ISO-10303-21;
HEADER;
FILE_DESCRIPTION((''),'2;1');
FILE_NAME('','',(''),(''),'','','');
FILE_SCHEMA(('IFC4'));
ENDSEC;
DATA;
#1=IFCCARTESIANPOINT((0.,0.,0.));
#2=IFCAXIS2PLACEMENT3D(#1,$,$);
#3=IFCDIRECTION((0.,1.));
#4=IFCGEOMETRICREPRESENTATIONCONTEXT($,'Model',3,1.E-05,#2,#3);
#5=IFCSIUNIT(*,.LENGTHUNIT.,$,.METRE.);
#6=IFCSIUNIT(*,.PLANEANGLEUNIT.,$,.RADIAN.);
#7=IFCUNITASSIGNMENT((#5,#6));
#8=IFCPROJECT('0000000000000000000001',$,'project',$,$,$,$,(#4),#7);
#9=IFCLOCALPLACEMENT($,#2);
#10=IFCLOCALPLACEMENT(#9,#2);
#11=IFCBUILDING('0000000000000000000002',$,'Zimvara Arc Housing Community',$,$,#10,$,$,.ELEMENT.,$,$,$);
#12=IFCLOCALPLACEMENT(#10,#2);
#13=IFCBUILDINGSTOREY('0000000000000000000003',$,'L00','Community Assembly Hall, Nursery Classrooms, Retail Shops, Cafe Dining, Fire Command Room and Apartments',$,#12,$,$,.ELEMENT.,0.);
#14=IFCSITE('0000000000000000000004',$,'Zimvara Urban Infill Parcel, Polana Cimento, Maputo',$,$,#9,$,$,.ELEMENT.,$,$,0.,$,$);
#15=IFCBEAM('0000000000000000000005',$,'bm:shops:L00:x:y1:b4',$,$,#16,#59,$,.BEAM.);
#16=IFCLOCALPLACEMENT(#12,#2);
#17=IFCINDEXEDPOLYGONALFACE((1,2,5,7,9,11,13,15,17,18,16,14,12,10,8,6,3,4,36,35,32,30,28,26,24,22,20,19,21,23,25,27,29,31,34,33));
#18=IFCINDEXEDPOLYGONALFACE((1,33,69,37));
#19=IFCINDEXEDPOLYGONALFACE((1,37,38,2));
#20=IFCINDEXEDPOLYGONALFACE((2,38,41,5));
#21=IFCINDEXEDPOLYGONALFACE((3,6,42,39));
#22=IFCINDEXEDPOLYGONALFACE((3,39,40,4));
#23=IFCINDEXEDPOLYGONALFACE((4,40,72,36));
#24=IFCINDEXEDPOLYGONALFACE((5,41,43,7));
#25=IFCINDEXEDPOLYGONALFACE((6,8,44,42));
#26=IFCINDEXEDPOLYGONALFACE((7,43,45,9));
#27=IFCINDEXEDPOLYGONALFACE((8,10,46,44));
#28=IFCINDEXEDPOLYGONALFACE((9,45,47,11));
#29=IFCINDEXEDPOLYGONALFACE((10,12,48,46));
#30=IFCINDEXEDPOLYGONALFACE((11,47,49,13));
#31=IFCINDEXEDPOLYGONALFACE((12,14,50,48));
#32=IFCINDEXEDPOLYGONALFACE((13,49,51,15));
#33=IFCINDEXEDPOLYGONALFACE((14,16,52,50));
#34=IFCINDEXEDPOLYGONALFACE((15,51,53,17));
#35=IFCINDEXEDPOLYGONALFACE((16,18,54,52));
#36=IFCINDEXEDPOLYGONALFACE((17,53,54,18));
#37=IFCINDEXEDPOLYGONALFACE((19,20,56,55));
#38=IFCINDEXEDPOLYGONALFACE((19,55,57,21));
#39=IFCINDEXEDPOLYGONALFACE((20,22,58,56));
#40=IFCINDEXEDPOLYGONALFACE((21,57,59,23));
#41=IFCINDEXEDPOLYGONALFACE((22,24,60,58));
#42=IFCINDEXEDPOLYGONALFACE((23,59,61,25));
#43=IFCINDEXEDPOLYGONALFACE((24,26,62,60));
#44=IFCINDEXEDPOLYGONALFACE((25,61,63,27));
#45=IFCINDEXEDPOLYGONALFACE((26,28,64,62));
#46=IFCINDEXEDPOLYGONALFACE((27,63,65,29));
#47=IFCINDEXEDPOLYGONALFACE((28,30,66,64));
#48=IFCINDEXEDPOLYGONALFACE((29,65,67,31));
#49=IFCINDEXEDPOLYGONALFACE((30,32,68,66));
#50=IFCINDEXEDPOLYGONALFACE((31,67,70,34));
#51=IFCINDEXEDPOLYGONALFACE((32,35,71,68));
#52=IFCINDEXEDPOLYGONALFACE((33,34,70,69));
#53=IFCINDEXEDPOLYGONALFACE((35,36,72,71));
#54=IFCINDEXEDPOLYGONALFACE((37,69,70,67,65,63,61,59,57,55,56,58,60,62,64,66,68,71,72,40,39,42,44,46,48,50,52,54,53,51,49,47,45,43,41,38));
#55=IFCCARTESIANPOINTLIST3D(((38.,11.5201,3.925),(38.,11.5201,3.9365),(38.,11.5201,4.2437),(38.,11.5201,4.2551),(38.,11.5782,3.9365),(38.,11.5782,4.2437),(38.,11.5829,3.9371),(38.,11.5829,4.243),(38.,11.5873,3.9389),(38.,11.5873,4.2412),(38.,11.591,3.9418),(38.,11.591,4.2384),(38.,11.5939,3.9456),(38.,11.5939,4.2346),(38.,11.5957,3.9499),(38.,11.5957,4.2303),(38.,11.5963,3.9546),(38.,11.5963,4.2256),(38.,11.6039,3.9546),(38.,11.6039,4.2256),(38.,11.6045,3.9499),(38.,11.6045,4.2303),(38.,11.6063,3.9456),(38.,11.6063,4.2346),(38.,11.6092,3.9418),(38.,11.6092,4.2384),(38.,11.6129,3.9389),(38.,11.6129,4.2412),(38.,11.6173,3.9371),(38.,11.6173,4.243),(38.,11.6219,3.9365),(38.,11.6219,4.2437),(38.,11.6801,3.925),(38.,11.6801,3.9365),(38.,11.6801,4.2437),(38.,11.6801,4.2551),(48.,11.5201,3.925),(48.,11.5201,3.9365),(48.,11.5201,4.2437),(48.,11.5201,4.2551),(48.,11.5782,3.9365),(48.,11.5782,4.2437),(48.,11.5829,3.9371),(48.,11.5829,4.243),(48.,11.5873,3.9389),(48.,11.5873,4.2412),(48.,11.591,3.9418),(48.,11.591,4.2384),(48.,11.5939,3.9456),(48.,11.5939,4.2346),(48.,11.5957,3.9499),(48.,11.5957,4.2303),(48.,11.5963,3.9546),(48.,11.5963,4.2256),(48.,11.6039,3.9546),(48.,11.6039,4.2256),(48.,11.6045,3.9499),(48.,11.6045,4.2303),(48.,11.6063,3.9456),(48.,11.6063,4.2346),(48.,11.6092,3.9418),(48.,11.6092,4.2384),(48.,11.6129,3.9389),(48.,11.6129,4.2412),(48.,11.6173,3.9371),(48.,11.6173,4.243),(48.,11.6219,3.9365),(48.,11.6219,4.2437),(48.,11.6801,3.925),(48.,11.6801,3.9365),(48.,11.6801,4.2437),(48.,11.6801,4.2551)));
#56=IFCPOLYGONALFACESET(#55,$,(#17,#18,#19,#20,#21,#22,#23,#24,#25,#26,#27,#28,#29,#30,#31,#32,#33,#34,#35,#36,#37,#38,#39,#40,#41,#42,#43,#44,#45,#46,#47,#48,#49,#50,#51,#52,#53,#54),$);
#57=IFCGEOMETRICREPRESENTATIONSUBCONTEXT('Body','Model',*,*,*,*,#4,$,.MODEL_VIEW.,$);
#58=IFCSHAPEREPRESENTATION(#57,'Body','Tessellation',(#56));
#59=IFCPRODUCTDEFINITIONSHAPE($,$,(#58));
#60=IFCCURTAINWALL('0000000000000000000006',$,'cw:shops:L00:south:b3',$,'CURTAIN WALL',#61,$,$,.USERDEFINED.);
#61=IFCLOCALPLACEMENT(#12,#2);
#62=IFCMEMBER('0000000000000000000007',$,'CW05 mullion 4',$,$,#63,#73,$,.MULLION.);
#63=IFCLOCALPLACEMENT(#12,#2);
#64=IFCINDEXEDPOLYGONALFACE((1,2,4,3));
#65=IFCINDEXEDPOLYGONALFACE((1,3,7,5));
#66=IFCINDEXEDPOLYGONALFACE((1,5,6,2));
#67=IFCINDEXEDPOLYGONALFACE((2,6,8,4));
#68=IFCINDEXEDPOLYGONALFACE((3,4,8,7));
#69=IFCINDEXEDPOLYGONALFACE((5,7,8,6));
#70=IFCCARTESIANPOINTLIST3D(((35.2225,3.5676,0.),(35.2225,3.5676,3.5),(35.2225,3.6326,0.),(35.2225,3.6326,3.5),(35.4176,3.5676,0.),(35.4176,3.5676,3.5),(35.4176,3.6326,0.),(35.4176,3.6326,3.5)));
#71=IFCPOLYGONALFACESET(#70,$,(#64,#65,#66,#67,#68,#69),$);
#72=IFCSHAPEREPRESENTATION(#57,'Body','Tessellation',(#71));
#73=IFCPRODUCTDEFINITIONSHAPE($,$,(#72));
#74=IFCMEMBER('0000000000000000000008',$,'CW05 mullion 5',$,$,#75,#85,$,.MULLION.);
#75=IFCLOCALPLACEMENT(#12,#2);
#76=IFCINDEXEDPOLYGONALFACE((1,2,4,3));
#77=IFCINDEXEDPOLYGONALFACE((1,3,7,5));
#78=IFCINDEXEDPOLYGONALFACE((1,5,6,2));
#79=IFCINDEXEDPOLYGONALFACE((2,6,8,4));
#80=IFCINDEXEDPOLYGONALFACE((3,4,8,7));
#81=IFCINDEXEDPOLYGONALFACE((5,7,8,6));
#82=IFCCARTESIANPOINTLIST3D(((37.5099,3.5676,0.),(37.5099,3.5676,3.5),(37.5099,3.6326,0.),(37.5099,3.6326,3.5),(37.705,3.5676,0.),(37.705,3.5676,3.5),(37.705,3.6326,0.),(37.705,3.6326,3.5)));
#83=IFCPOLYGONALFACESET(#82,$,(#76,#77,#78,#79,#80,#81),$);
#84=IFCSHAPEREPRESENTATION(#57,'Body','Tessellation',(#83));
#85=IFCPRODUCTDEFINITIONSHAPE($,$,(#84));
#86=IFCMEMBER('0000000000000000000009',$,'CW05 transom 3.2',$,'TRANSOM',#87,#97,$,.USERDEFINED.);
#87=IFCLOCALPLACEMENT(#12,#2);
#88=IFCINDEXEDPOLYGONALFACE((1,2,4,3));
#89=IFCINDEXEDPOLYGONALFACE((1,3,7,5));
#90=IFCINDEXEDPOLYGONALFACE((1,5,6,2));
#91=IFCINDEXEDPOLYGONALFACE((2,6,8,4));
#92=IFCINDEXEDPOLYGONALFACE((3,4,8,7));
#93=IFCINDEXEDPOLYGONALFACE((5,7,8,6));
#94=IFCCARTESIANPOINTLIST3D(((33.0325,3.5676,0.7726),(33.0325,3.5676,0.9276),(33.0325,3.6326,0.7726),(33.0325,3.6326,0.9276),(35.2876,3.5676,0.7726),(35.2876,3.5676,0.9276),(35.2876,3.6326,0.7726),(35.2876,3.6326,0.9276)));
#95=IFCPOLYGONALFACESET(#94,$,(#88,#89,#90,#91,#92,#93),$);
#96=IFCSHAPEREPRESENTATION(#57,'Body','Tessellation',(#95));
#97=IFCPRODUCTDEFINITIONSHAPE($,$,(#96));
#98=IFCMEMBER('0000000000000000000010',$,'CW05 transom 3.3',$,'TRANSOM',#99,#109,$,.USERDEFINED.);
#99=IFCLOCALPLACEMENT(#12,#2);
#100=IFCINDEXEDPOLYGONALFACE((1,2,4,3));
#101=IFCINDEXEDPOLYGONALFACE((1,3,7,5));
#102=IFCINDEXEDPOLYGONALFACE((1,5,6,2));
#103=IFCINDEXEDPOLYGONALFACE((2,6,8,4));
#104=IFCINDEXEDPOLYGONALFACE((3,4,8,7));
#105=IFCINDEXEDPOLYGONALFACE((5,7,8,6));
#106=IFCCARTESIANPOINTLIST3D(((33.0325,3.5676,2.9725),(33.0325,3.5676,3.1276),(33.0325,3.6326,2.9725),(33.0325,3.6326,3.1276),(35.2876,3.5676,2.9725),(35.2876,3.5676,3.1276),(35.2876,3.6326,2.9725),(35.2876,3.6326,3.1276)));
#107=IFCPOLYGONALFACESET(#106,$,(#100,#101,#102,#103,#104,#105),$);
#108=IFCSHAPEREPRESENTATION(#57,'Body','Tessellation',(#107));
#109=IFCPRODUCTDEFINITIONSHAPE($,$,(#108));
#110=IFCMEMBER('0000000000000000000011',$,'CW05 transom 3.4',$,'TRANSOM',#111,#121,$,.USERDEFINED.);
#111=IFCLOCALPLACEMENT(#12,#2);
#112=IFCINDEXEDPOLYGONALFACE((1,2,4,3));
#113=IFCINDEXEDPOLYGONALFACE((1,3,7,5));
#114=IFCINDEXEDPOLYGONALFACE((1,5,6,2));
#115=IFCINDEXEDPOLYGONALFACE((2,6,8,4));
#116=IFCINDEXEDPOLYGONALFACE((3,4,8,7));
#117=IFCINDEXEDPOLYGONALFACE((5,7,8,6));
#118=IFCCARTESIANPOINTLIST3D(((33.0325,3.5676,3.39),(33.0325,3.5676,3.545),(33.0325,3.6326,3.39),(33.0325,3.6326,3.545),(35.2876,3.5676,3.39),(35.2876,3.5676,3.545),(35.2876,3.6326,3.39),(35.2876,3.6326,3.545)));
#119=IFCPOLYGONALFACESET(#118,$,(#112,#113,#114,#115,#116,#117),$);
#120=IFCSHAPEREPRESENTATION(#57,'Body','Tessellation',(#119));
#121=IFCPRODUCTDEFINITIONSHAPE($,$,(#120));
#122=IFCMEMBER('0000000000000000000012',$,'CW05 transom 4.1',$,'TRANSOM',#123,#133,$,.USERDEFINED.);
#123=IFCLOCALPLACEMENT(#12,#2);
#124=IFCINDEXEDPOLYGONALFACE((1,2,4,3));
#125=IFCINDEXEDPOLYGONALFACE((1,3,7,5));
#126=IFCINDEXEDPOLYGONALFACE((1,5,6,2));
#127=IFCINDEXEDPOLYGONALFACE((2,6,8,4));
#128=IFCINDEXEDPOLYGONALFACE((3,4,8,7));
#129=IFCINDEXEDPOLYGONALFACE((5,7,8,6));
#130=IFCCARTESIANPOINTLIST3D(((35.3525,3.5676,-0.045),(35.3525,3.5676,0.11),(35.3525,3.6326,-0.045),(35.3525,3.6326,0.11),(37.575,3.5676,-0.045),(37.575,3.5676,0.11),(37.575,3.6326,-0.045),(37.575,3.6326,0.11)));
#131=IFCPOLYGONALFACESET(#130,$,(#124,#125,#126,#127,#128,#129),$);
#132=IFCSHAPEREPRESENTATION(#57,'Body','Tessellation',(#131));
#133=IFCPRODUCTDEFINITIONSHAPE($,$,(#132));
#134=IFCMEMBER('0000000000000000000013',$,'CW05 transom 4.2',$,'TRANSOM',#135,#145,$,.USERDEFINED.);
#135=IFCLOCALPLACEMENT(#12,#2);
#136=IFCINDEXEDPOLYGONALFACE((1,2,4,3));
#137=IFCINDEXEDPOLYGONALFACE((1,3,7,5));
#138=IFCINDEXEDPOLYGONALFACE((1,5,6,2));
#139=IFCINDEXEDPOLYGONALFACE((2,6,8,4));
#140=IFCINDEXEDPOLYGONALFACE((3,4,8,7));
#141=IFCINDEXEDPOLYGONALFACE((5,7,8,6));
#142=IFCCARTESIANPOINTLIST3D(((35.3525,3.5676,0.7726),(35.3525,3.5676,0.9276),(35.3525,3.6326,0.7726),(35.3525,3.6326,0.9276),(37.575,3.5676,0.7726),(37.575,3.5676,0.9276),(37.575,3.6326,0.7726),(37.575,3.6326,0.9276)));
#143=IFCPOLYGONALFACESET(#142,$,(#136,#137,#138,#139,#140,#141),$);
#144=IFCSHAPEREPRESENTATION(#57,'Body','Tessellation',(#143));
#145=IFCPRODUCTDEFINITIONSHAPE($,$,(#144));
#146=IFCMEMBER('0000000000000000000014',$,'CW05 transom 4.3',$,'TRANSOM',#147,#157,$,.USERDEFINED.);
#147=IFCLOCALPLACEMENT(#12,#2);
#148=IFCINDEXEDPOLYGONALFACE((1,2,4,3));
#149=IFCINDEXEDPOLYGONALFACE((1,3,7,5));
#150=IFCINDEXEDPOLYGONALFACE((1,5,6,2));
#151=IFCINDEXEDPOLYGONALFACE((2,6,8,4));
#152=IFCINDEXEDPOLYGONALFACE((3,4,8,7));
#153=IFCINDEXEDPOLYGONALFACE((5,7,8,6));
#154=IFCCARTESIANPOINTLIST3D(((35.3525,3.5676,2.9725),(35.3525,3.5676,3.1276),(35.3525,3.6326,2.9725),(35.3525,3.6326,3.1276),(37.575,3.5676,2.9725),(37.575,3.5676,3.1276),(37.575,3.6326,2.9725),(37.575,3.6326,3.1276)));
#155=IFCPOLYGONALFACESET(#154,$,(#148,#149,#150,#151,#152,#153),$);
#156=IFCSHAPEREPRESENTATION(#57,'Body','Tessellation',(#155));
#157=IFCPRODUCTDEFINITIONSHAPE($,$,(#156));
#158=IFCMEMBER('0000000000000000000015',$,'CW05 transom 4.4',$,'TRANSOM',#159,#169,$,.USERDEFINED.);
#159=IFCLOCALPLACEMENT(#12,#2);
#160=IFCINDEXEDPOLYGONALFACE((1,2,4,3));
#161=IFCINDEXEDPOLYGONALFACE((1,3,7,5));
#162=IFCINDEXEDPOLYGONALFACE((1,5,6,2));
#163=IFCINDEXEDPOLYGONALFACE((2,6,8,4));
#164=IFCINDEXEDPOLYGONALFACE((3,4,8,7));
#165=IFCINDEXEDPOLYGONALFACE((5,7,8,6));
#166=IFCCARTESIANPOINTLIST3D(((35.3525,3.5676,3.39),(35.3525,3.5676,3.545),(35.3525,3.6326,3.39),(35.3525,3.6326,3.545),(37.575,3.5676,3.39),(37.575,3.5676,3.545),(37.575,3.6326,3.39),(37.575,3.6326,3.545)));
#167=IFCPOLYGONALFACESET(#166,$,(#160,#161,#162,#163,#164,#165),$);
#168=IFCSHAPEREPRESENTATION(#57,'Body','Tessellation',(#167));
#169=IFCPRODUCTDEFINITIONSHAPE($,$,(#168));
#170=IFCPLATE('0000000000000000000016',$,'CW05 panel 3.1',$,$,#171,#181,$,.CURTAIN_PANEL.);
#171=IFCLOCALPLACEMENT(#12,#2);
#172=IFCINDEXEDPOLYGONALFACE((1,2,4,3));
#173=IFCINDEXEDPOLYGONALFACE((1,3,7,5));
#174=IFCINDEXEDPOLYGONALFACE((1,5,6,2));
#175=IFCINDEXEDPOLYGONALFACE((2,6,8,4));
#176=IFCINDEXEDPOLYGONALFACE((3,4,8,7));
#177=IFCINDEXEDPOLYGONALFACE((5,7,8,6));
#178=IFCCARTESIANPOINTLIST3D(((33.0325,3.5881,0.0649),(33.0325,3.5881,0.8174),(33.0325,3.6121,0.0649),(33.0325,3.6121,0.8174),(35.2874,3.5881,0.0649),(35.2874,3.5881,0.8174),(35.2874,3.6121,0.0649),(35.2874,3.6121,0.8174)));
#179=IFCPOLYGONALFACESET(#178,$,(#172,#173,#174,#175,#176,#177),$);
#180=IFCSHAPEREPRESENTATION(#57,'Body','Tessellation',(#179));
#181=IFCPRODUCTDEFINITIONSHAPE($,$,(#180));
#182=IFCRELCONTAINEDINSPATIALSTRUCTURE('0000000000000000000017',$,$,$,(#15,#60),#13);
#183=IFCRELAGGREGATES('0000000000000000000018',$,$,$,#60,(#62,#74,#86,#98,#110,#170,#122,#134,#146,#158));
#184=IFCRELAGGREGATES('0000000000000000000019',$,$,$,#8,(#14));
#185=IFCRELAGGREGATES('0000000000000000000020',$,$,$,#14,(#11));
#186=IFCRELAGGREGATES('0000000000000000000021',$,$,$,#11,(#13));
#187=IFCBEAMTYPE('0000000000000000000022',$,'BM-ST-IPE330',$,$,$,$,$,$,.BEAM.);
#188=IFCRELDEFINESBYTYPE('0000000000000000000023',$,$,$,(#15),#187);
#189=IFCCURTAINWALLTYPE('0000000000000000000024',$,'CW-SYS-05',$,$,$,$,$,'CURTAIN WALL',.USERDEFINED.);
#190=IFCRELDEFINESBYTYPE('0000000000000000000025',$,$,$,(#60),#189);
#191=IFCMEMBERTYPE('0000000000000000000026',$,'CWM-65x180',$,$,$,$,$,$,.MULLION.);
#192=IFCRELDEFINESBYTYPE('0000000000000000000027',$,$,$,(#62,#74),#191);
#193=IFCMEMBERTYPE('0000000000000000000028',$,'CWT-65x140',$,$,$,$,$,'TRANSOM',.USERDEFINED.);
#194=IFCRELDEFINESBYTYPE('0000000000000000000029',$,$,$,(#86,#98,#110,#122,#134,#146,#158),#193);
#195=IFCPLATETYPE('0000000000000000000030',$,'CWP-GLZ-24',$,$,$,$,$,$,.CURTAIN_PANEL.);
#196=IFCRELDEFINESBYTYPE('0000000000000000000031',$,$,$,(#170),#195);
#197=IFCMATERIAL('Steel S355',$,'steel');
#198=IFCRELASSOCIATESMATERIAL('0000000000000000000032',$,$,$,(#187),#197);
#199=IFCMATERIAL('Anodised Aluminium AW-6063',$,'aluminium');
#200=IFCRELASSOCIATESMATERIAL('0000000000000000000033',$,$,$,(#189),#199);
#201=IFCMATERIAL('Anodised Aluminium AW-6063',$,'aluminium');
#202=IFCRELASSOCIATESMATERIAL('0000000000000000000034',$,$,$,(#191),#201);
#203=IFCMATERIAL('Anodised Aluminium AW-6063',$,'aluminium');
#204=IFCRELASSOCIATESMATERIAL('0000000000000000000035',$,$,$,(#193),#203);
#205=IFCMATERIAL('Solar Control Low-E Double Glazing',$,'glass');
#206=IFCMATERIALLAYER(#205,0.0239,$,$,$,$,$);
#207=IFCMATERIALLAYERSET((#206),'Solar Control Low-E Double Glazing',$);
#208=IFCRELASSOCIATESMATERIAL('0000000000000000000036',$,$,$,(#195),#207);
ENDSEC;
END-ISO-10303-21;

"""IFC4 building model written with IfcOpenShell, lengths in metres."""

from ifc_helpers import new_model, si_unit, direction, frame, origin, origin_2d, place, context, subcontext, project, spatial, rectangle, i_section, extrude, material, layer, layer_set, material_profile, profile_set, type_object, element, aggregate, save


model = new_model("IFC4")

# Units and contexts
model_context = context("Model", 3, precision=1e-05, world=origin(), true_north=direction((0.0, 1.0)))
body_context = subcontext(model_context, "Body", "Model", "MODEL_VIEW")
ifc_project = project(units=[si_unit("LENGTHUNIT", "METRE"), si_unit("PLANEANGLEUNIT", "RADIAN")], contexts=[model_context])

# Site, building, storey
site_placement = place(None, origin())
site = spatial("IfcSite", under=ifc_project, at=site_placement, Name="Zimvara Urban Infill Parcel, Polana Cimento, Maputo", CompositionType="ELEMENT", RefElevation=0.0)
building_placement = place(site_placement, origin())
building = spatial("IfcBuilding", under=site, at=building_placement, Name="Zimvara Arc Housing Community", CompositionType="ELEMENT")
storey_placement = place(building_placement, origin())
storey = spatial("IfcBuildingStorey", under=building, at=storey_placement, Name="L00", Description="Community Assembly Hall, Nursery Classrooms, Retail Shops, Cafe Dining, Fire Command Room and Apartments", CompositionType="ELEMENT", Elevation=0.0)

# Beam
ifc_material_1 = material(Name="Steel S355", Category="steel")
ifc_material_profile_1 = material_profile(ifc_material_1, i_section(OverallWidth=0.1599, OverallDepth=0.3301, WebThickness=0.0076, FlangeThickness=0.0115, FilletRadius=0.0181, at=origin_2d()), Name="IPE 330")
ifc_profile_set_1 = profile_set([ifc_material_profile_1], Name="Steel S355")
beam_type_1 = type_object("IfcBeamType", Name="BM-ST-IPE330", PredefinedType="BEAM", material=ifc_profile_set_1)
for number, where, z_axis, x_axis, name in (
    (1, (38.0, 11.6001, 4.0901), (1.0, 0.0, 0.0), (0.0, 1.0, 0.0), "bm:shops:L00:x:y1:b4"),
):
    element("IfcBeam", number, at=place(storey_placement, frame(where, z_axis=z_axis, x_axis=x_axis)), inside=storey, type_object=beam_type_1, Name=name, PredefinedType="BEAM", context=body_context, shape_type="SweptSolid", body=[
        extrude(i_section(OverallWidth=0.1599, OverallDepth=0.3301, WebThickness=0.0076, FlangeThickness=0.0115, FilletRadius=0.0181, at=origin_2d()), origin(), (0.0, 0.0, 1.0), 10.0),
    ])

# Curtain wall, members, plate
ifc_material_2 = material(Name="Anodised Aluminium AW-6063", Category="aluminium")
curtain_wall_type = type_object("IfcCurtainWallType", Name="CW-SYS-05", ElementType="CURTAIN WALL", PredefinedType="USERDEFINED", material=ifc_material_2)
curtain_wall_placement = place(storey_placement, origin())
curtain_wall = element("IfcCurtainWall", 2, at=curtain_wall_placement, inside=storey, type_object=curtain_wall_type, Name="cw:shops:L00:south:b3", ObjectType="CURTAIN WALL", PredefinedType="USERDEFINED")
ifc_material_3 = material(Name="Anodised Aluminium AW-6063", Category="aluminium")
ifc_material_profile_2 = material_profile(ifc_material_3, rectangle(XDim=0.0649, YDim=0.1951, at=origin_2d()), Name="ALU 65x195")
ifc_profile_set_2 = profile_set([ifc_material_profile_2], Name="Anodised Aluminium AW-6063")
member_type_1 = type_object("IfcMemberType", Name="CWM-65x180", PredefinedType="MULLION", material=ifc_profile_set_2)
member_1_placement = place(storey_placement, frame((35.3201, 3.6001, 0.0), z_axis=(0.0, 0.0, 1.0), x_axis=(0.0, 1.0, 0.0)))
member_1 = element("IfcMember", 3, at=member_1_placement, type_object=member_type_1, Name="CW05 mullion 4", PredefinedType="MULLION", context=body_context, shape_type="SweptSolid", body=[
    extrude(rectangle(XDim=0.0649, YDim=0.1951, at=origin_2d()), origin(), (0.0, 0.0, 1.0), 3.5),
])
member_2_placement = place(storey_placement, frame((37.6074, 3.6001, 0.0), z_axis=(0.0, 0.0, 1.0), x_axis=(0.0, 1.0, 0.0)))
member_2 = element("IfcMember", 4, at=member_2_placement, type_object=member_type_1, Name="CW05 mullion 5", PredefinedType="MULLION", context=body_context, shape_type="SweptSolid", body=[
    extrude(rectangle(XDim=0.0649, YDim=0.1951, at=origin_2d()), origin(), (0.0, 0.0, 1.0), 3.5),
])
ifc_material_4 = material(Name="Anodised Aluminium AW-6063", Category="aluminium")
ifc_material_profile_3 = material_profile(ifc_material_4, rectangle(XDim=0.0649, YDim=0.155, at=origin_2d()), Name="ALU 65x155")
ifc_profile_set_3 = profile_set([ifc_material_profile_3], Name="Anodised Aluminium AW-6063")
member_type_2 = type_object("IfcMemberType", Name="CWT-65x140", ElementType="TRANSOM", PredefinedType="USERDEFINED", material=ifc_profile_set_3)
member_3_placement = place(storey_placement, frame((33.0325, 3.6001, 0.8501), z_axis=(1.0, 0.0, 0.0), x_axis=(0.0, 1.0, 0.0)))
member_3 = element("IfcMember", 5, at=member_3_placement, type_object=member_type_2, Name="CW05 transom 3.2", ObjectType="TRANSOM", PredefinedType="USERDEFINED", context=body_context, shape_type="SweptSolid", body=[
    extrude(rectangle(XDim=0.0649, YDim=0.155, at=origin_2d()), origin(), (0.0, 0.0, 1.0), 2.2551),
])
member_4_placement = place(storey_placement, frame((33.0325, 3.6001, 3.05), z_axis=(1.0, 0.0, 0.0), x_axis=(0.0, 1.0, 0.0)))
member_4 = element("IfcMember", 6, at=member_4_placement, type_object=member_type_2, Name="CW05 transom 3.3", ObjectType="TRANSOM", PredefinedType="USERDEFINED", context=body_context, shape_type="SweptSolid", body=[
    extrude(rectangle(XDim=0.0649, YDim=0.155, at=origin_2d()), origin(), (0.0, 0.0, 1.0), 2.2551),
])
member_5_placement = place(storey_placement, frame((33.0325, 3.6001, 3.4675), z_axis=(1.0, 0.0, 0.0), x_axis=(0.0, 1.0, 0.0)))
member_5 = element("IfcMember", 7, at=member_5_placement, type_object=member_type_2, Name="CW05 transom 3.4", ObjectType="TRANSOM", PredefinedType="USERDEFINED", context=body_context, shape_type="SweptSolid", body=[
    extrude(rectangle(XDim=0.0649, YDim=0.155, at=origin_2d()), origin(), (0.0, 0.0, 1.0), 2.2551),
])
member_6_placement = place(storey_placement, frame((35.3525, 3.6001, 0.0325), z_axis=(1.0, 0.0, 0.0), x_axis=(0.0, 1.0, 0.0)))
member_6 = element("IfcMember", 8, at=member_6_placement, type_object=member_type_2, Name="CW05 transom 4.1", ObjectType="TRANSOM", PredefinedType="USERDEFINED", context=body_context, shape_type="SweptSolid", body=[
    extrude(rectangle(XDim=0.0649, YDim=0.155, at=origin_2d()), origin(), (0.0, 0.0, 1.0), 2.2224),
])
member_7_placement = place(storey_placement, frame((35.3525, 3.6001, 0.8501), z_axis=(1.0, 0.0, 0.0), x_axis=(0.0, 1.0, 0.0)))
member_7 = element("IfcMember", 9, at=member_7_placement, type_object=member_type_2, Name="CW05 transom 4.2", ObjectType="TRANSOM", PredefinedType="USERDEFINED", context=body_context, shape_type="SweptSolid", body=[
    extrude(rectangle(XDim=0.0649, YDim=0.155, at=origin_2d()), origin(), (0.0, 0.0, 1.0), 2.2224),
])
member_8_placement = place(storey_placement, frame((35.3525, 3.6001, 3.05), z_axis=(1.0, 0.0, 0.0), x_axis=(0.0, 1.0, 0.0)))
member_8 = element("IfcMember", 10, at=member_8_placement, type_object=member_type_2, Name="CW05 transom 4.3", ObjectType="TRANSOM", PredefinedType="USERDEFINED", context=body_context, shape_type="SweptSolid", body=[
    extrude(rectangle(XDim=0.0649, YDim=0.155, at=origin_2d()), origin(), (0.0, 0.0, 1.0), 2.2224),
])
member_9_placement = place(storey_placement, frame((35.3525, 3.6001, 3.4675), z_axis=(1.0, 0.0, 0.0), x_axis=(0.0, 1.0, 0.0)))
member_9 = element("IfcMember", 11, at=member_9_placement, type_object=member_type_2, Name="CW05 transom 4.4", ObjectType="TRANSOM", PredefinedType="USERDEFINED", context=body_context, shape_type="SweptSolid", body=[
    extrude(rectangle(XDim=0.0649, YDim=0.155, at=origin_2d()), origin(), (0.0, 0.0, 1.0), 2.2224),
])
ifc_material_5 = material(Name="Solar Control Low-E Double Glazing", Category="glass")
ifc_layer_1 = layer(ifc_material_5, 0.0239)
ifc_layer_set_1 = layer_set([ifc_layer_1], Name="Solar Control Low-E Double Glazing")
plate_type = type_object("IfcPlateType", Name="CWP-GLZ-24", PredefinedType="CURTAIN_PANEL", material=ifc_layer_set_1)
plate_1_placement = place(storey_placement, frame((34.1599, 3.6001, 0.0649), z_axis=(0.0, 0.0, 1.0), x_axis=(1.0, 0.0, 0.0)))
plate_1 = element("IfcPlate", 12, at=plate_1_placement, type_object=plate_type, Name="CW05 panel 3.1", PredefinedType="CURTAIN_PANEL", context=body_context, shape_type="SweptSolid", body=[
    extrude(rectangle(XDim=2.2549, YDim=0.0239, at=origin_2d()), origin(), (0.0, 0.0, 1.0), 0.7524),
])
aggregate(curtain_wall, [member_1, member_2, member_3, member_4, member_5, plate_1, member_6, member_7, member_8, member_9])

save(model, "model.ifc")
